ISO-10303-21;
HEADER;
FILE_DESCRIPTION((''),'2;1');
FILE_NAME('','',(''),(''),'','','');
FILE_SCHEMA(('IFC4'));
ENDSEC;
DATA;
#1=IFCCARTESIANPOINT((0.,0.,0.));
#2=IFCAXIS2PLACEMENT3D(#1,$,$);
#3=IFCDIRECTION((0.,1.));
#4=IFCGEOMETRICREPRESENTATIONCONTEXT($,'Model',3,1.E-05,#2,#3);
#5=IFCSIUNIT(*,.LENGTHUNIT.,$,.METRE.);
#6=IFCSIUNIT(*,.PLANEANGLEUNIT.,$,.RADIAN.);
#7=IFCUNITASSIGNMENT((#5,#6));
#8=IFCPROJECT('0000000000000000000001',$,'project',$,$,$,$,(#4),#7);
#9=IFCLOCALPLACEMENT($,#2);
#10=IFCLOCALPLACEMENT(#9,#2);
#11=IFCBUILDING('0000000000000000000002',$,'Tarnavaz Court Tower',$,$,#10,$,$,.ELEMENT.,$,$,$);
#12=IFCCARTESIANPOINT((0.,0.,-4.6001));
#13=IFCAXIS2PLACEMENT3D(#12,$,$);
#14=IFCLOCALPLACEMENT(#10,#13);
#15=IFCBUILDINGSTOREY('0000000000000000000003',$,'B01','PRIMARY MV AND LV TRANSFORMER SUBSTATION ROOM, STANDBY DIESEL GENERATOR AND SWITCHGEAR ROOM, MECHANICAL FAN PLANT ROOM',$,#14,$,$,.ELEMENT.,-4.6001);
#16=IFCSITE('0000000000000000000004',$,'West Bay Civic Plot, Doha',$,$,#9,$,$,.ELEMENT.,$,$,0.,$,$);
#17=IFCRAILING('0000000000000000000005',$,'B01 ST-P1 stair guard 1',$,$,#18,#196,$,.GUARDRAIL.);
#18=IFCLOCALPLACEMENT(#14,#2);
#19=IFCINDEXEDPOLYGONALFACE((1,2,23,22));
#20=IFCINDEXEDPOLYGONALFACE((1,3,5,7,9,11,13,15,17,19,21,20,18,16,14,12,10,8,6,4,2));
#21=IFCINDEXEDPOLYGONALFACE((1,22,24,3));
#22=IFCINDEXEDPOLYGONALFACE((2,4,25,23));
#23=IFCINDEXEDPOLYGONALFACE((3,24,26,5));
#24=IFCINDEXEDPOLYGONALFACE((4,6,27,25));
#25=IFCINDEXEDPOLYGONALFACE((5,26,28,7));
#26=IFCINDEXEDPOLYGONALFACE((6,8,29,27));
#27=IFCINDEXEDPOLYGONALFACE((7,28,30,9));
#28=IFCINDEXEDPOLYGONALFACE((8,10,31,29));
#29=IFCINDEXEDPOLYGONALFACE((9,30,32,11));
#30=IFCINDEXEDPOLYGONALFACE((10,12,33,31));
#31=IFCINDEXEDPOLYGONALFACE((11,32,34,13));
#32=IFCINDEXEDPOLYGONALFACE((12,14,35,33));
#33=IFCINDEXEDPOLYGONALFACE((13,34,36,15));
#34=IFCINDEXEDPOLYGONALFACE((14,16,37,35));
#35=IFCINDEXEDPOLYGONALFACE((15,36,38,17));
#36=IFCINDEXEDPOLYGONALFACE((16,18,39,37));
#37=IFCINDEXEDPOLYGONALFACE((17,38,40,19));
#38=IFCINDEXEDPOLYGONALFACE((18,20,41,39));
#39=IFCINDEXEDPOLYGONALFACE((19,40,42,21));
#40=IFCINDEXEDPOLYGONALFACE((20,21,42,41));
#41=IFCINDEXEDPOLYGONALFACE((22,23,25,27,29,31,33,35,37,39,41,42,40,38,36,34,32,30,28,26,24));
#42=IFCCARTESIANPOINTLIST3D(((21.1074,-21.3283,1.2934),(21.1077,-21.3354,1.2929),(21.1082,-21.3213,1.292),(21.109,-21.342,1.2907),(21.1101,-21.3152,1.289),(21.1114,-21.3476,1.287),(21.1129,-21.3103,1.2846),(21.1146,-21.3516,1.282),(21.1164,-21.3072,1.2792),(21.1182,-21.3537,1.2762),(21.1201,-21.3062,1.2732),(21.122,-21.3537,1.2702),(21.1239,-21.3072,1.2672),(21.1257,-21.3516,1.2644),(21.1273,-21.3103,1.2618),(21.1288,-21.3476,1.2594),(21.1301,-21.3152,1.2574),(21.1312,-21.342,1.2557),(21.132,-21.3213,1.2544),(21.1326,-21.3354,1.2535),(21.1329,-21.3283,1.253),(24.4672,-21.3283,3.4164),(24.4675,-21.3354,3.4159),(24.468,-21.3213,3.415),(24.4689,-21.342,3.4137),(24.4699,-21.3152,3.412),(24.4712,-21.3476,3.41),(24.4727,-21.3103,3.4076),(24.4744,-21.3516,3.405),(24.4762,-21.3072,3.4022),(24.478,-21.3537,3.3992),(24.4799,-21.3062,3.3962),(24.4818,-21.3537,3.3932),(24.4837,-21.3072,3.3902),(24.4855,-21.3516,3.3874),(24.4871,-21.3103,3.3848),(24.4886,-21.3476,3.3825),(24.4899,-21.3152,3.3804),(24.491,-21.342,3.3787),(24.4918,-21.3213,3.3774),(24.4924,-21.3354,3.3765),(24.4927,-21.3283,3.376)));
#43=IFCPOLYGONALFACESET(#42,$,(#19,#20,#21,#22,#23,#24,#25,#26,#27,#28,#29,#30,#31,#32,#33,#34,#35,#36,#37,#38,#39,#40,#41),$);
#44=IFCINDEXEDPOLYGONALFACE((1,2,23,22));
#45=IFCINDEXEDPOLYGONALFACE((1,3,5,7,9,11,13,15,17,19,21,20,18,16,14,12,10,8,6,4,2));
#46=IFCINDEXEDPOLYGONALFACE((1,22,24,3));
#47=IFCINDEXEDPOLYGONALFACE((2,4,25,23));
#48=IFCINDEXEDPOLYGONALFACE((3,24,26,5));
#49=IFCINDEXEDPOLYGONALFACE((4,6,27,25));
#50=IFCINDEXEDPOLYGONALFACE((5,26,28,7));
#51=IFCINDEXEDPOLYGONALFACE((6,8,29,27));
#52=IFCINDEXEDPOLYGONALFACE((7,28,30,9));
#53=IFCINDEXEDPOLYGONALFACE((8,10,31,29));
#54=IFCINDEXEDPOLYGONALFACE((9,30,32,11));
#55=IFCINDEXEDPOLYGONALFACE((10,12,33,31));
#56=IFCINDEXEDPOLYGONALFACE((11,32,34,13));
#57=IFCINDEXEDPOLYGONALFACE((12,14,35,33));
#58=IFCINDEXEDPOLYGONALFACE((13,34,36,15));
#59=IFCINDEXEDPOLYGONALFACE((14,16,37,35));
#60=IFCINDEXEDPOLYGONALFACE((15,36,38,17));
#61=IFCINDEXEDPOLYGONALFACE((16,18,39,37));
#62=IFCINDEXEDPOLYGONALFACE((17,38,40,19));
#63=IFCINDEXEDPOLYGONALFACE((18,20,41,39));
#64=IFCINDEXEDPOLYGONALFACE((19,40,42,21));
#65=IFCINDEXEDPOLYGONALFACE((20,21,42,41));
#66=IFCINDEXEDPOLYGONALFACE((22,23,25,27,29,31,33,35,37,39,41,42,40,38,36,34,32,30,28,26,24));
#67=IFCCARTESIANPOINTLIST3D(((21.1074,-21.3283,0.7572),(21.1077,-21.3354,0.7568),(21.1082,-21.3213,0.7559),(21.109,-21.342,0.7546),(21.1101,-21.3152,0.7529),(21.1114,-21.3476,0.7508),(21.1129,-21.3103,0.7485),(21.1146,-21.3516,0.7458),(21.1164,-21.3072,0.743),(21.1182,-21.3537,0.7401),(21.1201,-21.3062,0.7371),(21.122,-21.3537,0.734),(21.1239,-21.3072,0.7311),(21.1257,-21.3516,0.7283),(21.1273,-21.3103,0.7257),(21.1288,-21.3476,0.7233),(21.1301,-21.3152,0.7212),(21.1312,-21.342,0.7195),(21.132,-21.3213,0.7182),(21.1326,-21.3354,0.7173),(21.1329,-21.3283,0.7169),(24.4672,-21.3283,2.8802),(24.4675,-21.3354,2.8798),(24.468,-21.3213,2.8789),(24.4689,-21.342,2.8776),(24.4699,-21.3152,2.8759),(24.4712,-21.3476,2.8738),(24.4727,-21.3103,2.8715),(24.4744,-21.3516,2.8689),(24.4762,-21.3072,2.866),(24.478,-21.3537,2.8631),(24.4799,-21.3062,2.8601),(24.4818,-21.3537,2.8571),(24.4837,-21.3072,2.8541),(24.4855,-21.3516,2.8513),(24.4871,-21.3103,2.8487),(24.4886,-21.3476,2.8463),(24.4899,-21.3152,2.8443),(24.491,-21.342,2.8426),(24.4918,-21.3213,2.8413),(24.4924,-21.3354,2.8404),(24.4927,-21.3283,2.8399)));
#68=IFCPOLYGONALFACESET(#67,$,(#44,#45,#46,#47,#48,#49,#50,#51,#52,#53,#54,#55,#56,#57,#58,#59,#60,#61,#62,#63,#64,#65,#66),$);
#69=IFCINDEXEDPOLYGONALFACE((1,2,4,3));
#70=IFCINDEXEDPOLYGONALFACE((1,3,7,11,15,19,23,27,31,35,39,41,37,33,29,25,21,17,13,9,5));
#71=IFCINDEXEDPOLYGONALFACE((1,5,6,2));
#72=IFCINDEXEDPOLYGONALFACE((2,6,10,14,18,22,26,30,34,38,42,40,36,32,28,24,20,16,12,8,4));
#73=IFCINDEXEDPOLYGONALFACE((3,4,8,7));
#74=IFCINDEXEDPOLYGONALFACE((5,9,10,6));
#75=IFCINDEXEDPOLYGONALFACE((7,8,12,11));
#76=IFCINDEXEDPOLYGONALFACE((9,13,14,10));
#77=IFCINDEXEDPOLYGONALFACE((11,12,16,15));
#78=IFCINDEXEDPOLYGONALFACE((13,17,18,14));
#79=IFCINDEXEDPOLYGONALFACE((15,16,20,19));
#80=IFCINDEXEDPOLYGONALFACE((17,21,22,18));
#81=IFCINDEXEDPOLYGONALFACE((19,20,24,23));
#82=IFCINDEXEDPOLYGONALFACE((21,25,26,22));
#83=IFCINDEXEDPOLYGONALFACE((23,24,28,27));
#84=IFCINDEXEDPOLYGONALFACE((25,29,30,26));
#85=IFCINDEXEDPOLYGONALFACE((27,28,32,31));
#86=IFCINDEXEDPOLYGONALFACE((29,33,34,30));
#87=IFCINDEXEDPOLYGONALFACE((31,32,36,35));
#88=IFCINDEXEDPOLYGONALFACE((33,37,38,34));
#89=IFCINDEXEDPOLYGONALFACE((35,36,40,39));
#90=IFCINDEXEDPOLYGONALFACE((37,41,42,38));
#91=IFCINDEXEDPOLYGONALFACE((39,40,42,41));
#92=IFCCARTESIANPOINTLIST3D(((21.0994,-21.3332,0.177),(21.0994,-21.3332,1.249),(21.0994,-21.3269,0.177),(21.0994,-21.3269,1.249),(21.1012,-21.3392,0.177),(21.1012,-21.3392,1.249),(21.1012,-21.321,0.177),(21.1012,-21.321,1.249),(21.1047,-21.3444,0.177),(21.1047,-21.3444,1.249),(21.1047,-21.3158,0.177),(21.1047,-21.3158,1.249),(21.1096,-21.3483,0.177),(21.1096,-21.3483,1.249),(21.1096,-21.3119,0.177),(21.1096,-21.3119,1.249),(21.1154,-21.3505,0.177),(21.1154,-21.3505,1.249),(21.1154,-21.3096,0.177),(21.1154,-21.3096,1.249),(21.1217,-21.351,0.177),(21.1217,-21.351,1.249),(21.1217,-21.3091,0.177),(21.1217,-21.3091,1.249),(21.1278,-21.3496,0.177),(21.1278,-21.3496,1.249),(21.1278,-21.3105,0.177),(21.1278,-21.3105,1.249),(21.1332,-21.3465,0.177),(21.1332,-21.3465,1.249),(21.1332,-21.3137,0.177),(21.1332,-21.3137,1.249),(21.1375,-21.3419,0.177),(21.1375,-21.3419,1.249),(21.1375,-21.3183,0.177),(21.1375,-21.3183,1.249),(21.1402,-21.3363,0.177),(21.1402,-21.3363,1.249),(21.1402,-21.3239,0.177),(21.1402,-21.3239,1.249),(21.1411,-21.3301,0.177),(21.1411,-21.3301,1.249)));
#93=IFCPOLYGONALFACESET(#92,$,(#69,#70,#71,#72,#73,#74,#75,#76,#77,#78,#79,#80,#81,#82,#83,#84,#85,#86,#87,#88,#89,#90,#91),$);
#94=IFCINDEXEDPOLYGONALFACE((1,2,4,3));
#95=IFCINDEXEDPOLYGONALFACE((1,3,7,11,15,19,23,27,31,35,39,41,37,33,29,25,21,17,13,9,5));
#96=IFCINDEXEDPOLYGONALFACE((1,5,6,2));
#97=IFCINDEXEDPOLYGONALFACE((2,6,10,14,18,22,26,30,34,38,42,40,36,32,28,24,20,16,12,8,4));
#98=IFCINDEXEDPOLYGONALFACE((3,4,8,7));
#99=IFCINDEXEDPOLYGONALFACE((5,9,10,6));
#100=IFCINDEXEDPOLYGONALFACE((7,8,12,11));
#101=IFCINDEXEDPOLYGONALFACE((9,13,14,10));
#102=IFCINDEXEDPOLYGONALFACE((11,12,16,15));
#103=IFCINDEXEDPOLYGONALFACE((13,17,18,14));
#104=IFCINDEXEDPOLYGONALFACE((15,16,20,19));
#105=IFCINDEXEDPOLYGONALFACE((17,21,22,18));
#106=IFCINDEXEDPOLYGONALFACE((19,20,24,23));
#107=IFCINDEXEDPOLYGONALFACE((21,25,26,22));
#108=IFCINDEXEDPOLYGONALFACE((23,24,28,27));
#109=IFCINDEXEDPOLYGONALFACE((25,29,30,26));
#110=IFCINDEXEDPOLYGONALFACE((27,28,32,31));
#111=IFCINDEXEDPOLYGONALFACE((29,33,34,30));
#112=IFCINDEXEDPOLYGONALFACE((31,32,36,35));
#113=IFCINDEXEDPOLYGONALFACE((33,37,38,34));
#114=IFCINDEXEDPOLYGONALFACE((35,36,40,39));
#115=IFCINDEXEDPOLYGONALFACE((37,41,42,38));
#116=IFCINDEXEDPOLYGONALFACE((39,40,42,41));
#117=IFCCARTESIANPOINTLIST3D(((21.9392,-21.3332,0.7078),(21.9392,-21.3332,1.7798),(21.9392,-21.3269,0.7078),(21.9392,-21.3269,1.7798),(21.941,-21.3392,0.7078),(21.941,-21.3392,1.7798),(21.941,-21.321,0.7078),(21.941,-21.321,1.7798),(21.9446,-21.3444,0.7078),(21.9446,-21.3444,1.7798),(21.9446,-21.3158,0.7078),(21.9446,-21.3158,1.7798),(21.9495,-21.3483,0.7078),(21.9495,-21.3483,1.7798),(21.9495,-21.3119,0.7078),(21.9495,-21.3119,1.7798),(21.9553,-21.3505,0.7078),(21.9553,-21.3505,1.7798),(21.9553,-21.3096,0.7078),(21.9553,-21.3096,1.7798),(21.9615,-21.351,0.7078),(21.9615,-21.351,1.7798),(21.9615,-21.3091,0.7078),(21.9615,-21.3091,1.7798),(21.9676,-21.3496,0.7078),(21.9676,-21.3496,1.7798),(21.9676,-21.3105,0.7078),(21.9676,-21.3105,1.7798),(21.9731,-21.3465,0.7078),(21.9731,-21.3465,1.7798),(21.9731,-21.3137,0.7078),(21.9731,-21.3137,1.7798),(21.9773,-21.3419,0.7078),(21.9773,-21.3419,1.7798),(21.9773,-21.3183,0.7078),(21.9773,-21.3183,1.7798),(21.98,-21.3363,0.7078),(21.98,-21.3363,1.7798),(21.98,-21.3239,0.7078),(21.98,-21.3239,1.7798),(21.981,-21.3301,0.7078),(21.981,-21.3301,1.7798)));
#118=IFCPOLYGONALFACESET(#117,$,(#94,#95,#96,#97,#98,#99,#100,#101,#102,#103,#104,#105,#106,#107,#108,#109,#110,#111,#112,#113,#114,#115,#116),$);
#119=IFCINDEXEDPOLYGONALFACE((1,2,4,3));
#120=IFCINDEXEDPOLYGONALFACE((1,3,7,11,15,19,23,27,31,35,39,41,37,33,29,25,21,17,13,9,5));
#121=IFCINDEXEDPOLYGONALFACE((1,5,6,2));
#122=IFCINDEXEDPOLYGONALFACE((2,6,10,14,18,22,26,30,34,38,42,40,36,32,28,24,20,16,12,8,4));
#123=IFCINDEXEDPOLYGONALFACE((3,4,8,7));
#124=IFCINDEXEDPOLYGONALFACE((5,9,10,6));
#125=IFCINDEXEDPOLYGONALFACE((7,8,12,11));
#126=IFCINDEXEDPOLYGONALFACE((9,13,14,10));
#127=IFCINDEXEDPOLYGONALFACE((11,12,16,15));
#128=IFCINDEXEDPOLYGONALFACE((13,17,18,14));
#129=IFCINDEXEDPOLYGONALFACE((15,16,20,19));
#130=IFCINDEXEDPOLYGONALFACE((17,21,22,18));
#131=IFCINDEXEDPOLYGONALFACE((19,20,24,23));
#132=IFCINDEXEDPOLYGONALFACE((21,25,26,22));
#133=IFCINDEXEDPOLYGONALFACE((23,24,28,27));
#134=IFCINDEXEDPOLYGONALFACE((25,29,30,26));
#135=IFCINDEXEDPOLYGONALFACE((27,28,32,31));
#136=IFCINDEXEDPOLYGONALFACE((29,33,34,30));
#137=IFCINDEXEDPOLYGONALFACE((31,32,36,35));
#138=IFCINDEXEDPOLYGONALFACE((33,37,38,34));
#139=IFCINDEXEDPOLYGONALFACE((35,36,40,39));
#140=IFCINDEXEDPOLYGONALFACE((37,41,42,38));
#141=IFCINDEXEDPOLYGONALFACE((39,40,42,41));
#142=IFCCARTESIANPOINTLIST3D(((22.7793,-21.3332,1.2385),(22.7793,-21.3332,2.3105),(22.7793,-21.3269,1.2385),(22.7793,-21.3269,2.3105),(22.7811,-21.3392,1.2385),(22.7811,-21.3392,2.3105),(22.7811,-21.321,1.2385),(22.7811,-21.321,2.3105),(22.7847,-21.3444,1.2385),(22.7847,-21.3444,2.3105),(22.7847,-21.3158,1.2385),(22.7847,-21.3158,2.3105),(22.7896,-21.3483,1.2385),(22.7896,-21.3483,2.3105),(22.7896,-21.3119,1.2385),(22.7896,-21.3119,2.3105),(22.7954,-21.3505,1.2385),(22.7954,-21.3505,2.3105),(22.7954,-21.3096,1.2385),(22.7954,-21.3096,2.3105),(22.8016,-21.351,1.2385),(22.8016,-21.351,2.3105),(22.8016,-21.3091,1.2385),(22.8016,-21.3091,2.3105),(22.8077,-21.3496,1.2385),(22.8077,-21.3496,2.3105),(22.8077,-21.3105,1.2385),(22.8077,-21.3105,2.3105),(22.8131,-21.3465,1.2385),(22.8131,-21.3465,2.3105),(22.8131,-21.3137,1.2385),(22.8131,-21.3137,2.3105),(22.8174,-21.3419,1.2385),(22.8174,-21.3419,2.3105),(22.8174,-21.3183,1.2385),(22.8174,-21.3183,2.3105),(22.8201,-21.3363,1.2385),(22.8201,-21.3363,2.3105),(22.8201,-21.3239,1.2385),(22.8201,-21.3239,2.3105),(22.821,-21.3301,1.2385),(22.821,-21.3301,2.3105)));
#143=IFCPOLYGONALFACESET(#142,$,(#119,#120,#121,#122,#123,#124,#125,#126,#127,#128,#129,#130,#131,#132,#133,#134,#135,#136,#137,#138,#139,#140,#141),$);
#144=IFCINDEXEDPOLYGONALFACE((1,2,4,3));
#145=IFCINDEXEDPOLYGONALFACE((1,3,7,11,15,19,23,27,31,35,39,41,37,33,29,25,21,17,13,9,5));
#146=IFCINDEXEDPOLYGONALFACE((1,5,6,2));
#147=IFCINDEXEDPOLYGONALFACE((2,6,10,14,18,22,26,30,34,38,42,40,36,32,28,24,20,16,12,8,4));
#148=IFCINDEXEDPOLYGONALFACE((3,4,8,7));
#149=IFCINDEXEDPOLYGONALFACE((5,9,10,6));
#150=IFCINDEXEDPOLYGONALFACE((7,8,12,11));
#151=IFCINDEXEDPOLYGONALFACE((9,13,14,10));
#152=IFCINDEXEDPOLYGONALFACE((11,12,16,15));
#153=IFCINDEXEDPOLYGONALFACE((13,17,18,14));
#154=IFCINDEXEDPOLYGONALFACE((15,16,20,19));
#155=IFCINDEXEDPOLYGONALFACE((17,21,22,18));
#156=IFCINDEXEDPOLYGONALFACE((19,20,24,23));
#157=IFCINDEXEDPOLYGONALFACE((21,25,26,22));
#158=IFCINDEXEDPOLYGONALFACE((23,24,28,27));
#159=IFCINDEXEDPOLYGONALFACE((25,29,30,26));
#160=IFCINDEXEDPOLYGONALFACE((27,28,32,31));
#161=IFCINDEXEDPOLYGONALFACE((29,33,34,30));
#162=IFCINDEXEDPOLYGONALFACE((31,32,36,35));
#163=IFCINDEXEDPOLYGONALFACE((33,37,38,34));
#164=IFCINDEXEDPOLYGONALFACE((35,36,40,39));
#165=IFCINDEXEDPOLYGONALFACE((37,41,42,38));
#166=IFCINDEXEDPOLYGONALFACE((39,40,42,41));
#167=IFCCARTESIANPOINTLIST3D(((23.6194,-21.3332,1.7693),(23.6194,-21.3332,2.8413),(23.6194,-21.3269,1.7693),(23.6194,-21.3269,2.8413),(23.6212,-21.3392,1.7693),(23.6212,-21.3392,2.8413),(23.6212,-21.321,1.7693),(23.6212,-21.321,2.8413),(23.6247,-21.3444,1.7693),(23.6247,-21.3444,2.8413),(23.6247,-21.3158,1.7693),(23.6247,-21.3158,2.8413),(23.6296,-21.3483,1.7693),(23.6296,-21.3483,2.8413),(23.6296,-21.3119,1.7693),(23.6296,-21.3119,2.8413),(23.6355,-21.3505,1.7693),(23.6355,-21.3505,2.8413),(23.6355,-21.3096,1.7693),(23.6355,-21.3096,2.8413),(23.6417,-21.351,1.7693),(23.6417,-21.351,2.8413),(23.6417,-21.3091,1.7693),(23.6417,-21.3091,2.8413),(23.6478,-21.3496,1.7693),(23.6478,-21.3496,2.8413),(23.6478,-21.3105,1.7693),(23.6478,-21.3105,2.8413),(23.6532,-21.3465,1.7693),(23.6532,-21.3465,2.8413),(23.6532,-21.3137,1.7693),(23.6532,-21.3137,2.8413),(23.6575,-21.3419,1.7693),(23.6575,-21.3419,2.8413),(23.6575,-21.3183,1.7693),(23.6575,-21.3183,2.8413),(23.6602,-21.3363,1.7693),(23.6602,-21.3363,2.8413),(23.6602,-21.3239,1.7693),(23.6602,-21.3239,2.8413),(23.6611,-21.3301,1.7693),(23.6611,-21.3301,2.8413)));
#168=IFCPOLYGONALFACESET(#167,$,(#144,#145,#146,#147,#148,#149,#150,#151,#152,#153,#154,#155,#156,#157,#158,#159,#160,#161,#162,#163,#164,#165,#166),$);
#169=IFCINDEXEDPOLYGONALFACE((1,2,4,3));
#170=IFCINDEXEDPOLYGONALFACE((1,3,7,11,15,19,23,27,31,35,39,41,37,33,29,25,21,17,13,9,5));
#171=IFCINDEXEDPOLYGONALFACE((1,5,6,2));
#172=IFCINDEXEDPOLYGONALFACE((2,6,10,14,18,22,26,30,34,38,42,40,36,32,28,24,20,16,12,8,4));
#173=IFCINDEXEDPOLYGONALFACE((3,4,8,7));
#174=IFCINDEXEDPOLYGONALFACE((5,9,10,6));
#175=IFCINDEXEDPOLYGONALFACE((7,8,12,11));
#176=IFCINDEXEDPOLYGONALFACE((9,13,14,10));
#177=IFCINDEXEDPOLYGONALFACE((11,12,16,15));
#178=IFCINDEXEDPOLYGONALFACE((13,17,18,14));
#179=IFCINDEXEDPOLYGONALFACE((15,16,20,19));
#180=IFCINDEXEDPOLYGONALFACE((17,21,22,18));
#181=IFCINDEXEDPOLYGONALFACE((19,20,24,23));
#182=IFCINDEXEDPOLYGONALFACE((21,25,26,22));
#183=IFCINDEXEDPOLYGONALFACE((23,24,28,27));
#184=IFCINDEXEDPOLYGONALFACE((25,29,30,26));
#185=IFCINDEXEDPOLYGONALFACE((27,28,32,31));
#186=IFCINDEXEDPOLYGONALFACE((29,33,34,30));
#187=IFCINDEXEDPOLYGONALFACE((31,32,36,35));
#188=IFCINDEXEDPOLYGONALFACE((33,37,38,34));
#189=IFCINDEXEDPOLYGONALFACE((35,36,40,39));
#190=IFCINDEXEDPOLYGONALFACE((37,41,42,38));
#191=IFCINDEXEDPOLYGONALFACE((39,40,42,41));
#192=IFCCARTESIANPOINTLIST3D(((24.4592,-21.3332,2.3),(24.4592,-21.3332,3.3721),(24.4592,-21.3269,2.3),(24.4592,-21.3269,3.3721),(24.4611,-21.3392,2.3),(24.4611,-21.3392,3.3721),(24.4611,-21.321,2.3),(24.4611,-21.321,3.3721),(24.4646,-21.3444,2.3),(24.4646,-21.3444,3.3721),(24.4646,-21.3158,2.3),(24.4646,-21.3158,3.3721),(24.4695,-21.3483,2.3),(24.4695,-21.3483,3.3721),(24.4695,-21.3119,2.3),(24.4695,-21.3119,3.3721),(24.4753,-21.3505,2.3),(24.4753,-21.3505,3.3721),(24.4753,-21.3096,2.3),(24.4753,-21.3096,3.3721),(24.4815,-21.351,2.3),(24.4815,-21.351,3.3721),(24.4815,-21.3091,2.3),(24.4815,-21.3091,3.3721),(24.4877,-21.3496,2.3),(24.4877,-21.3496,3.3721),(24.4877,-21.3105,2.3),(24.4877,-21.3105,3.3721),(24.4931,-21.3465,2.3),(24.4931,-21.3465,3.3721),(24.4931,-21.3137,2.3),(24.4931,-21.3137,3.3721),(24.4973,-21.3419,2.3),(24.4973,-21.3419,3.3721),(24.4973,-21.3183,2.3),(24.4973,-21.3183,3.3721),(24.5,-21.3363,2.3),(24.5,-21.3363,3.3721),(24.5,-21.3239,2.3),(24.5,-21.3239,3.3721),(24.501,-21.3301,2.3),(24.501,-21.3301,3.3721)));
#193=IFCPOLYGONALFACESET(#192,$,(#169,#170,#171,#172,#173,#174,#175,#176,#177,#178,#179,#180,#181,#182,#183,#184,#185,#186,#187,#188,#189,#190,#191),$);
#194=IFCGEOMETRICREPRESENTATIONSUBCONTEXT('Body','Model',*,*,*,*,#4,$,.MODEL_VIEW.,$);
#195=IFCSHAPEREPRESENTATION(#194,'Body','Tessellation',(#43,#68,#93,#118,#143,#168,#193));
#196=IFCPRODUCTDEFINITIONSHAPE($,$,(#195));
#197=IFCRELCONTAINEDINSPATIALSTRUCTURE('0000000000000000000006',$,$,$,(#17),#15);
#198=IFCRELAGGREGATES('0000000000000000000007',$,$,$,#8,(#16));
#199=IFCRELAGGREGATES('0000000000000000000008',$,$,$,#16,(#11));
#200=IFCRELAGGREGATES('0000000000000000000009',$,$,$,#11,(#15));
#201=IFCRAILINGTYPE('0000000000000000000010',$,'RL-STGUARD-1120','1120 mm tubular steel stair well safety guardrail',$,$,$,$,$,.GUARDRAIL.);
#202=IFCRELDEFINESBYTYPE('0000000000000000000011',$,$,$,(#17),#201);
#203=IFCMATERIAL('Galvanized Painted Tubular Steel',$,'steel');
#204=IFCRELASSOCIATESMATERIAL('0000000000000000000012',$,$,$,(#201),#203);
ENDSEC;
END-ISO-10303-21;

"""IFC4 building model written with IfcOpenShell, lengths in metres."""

from ifc_helpers import new_model, si_unit, direction, frame, origin, origin_2d, place, context, subcontext, project, spatial, circle, extrude, material, type_object, element, save


model = new_model("IFC4")

# Units and contexts
model_context = context("Model", 3, precision=1e-05, world=origin(), true_north=direction((0.0, 1.0)))
body_context = subcontext(model_context, "Body", "Model", "MODEL_VIEW")
ifc_project = project(units=[si_unit("LENGTHUNIT", "METRE"), si_unit("PLANEANGLEUNIT", "RADIAN")], contexts=[model_context])

# Site, building, storey
site_placement = place(None, origin())
site = spatial("IfcSite", under=ifc_project, at=site_placement, Name="West Bay Civic Plot, Doha", CompositionType="ELEMENT", RefElevation=0.0)
building_placement = place(site_placement, origin())
building = spatial("IfcBuilding", under=site, at=building_placement, Name="Tarnavaz Court Tower", CompositionType="ELEMENT")
storey_placement = place(building_placement, frame((0.0, 0.0, -4.6001)))
storey = spatial("IfcBuildingStorey", under=building, at=storey_placement, Name="B01", Description="PRIMARY MV AND LV TRANSFORMER SUBSTATION ROOM, STANDBY DIESEL GENERATOR AND SWITCHGEAR ROOM, MECHANICAL FAN PLANT ROOM", CompositionType="ELEMENT", Elevation=-4.6001)

# Railing
ifc_material_1 = material(Name="Galvanized Painted Tubular Steel", Category="steel")
railing_type_1 = type_object("IfcRailingType", Name="RL-STGUARD-1120", Description="1120 mm tubular steel stair well safety guardrail", PredefinedType="GUARDRAIL", material=ifc_material_1)
railing_1_placement = place(storey_placement, frame((21.1201, -21.3301, 0.177)))
element("IfcRailing", 1, at=railing_1_placement, inside=storey, type_object=railing_type_1, Name="B01 ST-P1 stair guard 1", PredefinedType="GUARDRAIL", context=body_context, shape_type="SweptSolid", body=[
    extrude(circle(Radius=0.0239, at=origin_2d()), frame((0.0, 0.0, 1.0962), z_axis=(0.845372, 0.0, 0.534178), x_axis=(0.0, 1.0, 0.0)), (0.0, 0.0, 1.0), 3.9744),
    extrude(circle(Radius=0.0239, at=origin_2d()), frame((0.0, 0.0, 0.5601), z_axis=(0.845372, 0.0, 0.534178), x_axis=(0.0, 1.0, 0.0)), (0.0, 0.0, 1.0), 3.9744),
    extrude(circle(Radius=0.021, at=origin_2d()), origin(), (0.0, 0.0, 1.0), 1.072),
    extrude(circle(Radius=0.021, at=origin_2d()), frame((0.8398, 0.0, 0.5308)), (0.0, 0.0, 1.0), 1.072),
    extrude(circle(Radius=0.021, at=origin_2d()), frame((1.6799, 0.0, 1.0615)), (0.0, 0.0, 1.0), 1.072),
    extrude(circle(Radius=0.021, at=origin_2d()), frame((2.52, 0.0, 1.5923)), (0.0, 0.0, 1.0), 1.072),
    extrude(circle(Radius=0.021, at=origin_2d()), frame((3.3599, 0.0, 2.123)), (0.0, 0.0, 1.0), 1.072),
])

save(model, "model.ifc")
